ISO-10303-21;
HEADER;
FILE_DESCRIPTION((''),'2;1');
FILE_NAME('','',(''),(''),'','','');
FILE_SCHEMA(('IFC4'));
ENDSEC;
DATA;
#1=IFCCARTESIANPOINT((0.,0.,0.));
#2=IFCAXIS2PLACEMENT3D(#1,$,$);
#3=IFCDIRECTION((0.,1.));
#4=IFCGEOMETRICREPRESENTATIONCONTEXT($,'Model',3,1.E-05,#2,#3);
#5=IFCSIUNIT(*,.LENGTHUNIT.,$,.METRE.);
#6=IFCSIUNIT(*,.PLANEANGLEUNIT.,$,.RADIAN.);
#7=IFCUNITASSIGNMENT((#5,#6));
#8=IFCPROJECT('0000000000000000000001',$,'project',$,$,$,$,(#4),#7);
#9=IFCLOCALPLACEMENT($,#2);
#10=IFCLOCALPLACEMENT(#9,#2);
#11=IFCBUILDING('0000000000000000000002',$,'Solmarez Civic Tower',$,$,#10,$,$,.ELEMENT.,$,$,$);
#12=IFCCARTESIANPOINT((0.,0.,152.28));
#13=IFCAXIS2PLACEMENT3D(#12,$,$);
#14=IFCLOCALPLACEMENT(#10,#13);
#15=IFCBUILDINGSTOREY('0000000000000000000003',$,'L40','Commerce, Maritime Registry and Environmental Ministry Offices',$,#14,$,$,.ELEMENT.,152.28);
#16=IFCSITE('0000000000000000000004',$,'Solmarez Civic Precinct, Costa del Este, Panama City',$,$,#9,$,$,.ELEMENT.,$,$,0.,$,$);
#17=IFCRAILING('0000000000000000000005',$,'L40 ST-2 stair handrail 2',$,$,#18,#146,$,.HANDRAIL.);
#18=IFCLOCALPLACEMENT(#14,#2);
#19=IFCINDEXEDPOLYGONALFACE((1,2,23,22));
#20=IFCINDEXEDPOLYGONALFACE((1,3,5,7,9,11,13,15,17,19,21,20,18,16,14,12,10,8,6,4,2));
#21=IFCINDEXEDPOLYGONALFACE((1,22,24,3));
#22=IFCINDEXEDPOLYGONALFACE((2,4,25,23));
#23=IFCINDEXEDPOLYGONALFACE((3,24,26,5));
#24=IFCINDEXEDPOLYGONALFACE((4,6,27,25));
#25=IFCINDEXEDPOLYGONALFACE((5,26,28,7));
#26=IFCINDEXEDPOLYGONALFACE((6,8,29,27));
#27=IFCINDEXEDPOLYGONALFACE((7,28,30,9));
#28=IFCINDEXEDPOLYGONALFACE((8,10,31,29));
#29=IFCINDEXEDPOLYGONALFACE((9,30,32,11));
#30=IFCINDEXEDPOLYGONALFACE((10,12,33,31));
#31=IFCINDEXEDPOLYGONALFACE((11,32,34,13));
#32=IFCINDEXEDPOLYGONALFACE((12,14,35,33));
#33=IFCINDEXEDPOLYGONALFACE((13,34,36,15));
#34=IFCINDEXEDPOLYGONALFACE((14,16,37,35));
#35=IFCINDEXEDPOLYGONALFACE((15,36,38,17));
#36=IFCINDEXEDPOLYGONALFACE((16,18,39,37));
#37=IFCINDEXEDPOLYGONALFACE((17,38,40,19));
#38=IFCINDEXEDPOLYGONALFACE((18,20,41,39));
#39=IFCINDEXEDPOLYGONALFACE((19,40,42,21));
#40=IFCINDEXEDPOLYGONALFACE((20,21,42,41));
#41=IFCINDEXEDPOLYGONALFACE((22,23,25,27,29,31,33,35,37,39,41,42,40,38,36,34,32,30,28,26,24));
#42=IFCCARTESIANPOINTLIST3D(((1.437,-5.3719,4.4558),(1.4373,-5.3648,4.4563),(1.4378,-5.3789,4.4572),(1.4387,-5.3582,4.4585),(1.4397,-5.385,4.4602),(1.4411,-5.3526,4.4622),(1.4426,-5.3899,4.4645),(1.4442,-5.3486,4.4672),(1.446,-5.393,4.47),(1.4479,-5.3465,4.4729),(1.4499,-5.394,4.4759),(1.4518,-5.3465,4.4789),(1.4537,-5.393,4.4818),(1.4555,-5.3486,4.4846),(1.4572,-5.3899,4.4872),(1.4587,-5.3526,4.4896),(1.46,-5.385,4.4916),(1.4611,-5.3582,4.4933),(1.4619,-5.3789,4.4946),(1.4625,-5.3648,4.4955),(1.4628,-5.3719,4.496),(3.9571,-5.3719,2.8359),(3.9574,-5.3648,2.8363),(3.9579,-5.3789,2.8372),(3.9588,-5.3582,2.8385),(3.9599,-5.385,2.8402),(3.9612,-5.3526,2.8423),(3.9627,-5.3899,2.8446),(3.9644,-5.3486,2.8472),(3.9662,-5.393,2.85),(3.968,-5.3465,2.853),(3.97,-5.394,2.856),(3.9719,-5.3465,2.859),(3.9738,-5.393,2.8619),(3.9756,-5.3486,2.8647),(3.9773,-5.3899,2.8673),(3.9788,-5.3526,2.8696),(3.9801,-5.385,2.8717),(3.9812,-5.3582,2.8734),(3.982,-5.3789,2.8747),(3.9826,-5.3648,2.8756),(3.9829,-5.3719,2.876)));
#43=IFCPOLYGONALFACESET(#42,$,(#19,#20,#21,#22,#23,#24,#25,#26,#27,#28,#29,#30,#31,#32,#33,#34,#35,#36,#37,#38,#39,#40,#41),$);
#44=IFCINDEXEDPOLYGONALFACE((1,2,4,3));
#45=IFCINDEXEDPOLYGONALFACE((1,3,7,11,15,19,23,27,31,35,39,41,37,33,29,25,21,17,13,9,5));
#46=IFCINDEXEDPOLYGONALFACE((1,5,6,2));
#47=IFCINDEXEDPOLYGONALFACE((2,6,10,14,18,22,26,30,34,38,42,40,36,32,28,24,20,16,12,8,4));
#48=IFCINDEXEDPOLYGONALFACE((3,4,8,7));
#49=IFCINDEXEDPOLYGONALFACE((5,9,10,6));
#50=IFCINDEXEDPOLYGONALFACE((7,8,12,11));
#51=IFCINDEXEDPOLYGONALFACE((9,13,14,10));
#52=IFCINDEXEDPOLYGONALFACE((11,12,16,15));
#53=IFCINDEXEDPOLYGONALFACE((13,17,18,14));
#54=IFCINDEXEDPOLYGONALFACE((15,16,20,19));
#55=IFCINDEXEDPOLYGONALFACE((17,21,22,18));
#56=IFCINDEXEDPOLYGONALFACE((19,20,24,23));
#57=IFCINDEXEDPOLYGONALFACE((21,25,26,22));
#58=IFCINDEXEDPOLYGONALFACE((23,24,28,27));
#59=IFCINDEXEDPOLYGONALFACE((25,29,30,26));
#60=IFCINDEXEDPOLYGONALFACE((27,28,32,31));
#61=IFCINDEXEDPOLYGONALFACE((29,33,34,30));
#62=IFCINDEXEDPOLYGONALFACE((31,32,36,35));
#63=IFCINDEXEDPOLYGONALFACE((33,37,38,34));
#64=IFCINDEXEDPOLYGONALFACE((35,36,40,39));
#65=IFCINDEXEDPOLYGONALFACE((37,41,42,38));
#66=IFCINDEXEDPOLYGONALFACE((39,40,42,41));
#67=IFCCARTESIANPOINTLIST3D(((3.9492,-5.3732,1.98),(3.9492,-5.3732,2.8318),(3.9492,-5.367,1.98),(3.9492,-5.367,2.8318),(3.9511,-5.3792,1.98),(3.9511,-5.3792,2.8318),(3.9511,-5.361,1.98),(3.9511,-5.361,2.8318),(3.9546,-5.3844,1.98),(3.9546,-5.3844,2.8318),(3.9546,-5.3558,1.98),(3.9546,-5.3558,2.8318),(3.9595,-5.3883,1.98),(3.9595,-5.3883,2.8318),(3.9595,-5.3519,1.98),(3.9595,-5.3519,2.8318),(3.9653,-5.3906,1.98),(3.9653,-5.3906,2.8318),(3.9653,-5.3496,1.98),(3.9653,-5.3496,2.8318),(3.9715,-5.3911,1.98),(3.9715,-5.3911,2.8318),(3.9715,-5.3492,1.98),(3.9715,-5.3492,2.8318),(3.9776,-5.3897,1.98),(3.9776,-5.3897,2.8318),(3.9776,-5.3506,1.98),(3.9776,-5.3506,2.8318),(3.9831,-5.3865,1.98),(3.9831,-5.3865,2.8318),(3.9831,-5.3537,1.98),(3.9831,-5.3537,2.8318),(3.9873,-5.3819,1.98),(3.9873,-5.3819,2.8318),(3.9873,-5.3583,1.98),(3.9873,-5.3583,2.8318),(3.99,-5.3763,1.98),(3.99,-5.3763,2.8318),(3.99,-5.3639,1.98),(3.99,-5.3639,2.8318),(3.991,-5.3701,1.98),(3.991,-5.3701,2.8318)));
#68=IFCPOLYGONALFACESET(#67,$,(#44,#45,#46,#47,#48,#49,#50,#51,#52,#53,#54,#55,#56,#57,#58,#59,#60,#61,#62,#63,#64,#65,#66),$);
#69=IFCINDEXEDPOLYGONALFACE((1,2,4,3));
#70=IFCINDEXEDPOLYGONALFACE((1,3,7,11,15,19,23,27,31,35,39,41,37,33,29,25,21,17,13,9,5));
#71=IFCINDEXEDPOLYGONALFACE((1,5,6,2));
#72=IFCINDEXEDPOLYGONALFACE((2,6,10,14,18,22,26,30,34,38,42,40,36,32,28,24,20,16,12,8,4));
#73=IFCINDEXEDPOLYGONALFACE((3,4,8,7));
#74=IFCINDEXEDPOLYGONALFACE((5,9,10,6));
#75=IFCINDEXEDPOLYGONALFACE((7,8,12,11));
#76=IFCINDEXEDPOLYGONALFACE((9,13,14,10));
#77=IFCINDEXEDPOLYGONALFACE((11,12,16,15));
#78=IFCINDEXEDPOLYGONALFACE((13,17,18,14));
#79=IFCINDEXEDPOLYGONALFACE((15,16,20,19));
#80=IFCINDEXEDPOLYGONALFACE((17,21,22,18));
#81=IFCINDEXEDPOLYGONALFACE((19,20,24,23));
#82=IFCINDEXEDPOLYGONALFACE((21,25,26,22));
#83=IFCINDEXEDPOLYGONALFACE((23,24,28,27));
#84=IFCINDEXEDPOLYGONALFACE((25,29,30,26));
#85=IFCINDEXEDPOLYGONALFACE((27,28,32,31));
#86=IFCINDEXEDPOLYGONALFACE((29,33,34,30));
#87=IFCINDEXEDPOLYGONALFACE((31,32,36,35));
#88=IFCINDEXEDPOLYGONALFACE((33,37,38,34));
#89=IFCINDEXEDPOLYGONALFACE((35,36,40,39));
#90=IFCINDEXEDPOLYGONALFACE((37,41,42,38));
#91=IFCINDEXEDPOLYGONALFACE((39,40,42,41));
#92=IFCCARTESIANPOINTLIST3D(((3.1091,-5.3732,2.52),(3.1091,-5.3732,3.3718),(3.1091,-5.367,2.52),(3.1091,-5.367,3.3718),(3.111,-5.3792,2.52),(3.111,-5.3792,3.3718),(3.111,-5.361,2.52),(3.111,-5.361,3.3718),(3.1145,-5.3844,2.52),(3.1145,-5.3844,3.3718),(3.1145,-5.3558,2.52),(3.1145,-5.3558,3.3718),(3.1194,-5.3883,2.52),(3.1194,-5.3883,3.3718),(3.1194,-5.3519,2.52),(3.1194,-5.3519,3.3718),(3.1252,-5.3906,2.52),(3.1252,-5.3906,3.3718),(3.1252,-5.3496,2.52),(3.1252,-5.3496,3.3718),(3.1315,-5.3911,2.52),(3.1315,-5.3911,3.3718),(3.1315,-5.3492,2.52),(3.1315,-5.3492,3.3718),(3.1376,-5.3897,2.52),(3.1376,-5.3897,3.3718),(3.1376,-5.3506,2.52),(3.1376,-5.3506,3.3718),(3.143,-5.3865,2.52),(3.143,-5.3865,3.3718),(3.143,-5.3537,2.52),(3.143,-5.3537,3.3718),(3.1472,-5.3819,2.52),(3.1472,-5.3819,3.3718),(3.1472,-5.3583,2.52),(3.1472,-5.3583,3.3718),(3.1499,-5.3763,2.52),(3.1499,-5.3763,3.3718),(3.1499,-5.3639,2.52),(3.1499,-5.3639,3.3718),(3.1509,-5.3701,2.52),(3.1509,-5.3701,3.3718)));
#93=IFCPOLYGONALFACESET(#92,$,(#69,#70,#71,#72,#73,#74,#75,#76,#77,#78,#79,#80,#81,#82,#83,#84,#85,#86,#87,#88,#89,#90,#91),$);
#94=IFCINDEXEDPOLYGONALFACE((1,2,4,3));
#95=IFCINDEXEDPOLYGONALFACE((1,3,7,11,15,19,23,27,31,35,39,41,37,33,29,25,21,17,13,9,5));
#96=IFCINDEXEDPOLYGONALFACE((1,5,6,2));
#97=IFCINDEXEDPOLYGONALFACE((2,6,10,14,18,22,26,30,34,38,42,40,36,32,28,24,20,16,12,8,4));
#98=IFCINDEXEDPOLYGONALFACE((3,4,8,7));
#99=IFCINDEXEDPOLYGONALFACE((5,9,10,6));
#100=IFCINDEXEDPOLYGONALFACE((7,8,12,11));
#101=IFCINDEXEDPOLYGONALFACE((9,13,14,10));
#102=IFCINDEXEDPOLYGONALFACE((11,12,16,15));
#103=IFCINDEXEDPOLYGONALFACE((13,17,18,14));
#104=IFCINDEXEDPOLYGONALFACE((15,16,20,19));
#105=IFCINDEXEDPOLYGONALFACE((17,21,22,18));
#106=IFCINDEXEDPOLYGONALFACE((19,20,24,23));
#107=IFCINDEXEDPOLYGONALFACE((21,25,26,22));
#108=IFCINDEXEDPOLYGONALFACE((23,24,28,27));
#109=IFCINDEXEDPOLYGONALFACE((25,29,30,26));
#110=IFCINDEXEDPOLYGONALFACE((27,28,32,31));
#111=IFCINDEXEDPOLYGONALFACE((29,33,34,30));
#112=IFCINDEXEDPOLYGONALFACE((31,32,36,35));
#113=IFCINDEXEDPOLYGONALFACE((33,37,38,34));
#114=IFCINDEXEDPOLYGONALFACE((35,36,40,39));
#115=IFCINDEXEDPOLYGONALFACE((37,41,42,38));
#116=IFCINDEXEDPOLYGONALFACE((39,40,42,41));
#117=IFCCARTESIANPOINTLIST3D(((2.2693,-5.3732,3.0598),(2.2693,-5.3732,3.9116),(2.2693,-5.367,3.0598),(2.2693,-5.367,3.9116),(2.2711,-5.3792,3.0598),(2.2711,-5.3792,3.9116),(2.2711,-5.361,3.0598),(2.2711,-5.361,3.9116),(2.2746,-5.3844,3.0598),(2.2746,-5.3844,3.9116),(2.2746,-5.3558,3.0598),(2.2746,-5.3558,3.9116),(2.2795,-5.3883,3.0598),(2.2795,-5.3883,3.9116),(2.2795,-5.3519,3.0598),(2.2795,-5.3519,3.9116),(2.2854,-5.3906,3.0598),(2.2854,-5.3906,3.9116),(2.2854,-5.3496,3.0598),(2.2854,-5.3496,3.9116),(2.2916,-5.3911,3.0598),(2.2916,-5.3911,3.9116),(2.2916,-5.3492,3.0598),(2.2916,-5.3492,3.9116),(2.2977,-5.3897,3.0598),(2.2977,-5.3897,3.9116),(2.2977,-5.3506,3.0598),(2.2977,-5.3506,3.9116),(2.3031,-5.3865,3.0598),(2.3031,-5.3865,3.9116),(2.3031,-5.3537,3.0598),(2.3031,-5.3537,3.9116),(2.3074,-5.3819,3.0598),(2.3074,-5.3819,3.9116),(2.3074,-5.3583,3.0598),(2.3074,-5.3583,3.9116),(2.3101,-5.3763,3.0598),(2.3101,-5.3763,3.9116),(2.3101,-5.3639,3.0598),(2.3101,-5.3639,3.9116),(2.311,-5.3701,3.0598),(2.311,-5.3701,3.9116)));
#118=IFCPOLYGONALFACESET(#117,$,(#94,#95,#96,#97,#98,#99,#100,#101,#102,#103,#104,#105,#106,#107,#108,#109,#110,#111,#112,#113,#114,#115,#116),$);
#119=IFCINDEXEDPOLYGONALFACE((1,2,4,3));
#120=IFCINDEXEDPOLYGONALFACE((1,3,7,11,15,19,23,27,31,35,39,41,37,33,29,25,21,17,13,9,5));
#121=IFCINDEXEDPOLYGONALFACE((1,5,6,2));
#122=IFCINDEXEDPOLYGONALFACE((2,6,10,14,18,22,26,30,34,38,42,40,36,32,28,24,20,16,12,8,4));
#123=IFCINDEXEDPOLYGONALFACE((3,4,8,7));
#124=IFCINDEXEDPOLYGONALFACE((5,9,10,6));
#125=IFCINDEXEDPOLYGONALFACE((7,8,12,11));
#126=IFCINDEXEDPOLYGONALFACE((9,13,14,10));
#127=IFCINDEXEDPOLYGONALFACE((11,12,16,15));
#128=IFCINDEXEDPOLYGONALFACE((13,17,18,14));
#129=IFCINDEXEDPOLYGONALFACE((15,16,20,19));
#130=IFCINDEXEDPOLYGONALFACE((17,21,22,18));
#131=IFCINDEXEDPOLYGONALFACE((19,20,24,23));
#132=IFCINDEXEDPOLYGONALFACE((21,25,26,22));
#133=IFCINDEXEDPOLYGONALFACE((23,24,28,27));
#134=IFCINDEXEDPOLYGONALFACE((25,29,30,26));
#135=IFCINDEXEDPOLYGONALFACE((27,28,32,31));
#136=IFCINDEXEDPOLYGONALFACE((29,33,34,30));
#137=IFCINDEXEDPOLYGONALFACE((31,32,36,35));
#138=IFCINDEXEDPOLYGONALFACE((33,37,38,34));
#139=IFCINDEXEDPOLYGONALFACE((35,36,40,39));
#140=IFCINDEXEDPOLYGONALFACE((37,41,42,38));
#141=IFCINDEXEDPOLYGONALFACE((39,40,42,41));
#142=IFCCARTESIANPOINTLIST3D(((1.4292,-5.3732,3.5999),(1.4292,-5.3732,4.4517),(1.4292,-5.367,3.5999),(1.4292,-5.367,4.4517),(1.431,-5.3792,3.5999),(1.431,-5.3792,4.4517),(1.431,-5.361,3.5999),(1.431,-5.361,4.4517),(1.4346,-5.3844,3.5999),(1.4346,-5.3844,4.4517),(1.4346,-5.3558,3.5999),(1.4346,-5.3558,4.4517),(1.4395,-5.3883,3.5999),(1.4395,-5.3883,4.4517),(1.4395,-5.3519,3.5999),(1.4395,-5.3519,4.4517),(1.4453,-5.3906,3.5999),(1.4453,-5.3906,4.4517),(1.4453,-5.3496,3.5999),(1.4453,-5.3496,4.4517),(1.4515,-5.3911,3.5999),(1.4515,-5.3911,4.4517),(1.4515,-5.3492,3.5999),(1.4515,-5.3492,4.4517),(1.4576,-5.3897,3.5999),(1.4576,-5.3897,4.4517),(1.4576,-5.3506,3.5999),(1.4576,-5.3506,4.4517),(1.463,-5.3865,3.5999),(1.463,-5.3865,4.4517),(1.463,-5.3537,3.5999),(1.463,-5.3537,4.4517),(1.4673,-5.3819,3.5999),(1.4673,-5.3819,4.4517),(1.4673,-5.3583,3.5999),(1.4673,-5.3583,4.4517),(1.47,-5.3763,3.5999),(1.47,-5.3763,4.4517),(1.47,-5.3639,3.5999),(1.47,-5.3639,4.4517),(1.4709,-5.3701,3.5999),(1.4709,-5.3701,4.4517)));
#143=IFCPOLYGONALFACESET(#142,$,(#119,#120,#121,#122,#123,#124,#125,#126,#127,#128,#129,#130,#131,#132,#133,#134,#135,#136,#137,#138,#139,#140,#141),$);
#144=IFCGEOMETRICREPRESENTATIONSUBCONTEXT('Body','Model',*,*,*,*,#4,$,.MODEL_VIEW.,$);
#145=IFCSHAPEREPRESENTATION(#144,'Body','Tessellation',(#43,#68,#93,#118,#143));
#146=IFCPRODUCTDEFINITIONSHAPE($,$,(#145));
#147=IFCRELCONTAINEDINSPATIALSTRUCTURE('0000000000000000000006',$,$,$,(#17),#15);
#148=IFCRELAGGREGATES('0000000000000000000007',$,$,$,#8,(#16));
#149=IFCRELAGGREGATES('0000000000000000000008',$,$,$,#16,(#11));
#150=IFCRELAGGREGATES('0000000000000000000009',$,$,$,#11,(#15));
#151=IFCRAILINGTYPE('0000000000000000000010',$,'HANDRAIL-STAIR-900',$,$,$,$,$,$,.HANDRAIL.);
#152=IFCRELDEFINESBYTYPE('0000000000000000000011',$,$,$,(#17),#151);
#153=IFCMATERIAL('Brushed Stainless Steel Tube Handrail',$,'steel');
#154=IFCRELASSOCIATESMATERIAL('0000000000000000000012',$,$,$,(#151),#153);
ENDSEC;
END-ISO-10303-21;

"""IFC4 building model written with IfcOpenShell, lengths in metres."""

from ifc_helpers import new_model, si_unit, direction, frame, origin, origin_2d, place, context, subcontext, project, spatial, circle, extrude, material, type_object, element, save


model = new_model("IFC4")

# Units and contexts
model_context = context("Model", 3, precision=1e-05, world=origin(), true_north=direction((0.0, 1.0)))
body_context = subcontext(model_context, "Body", "Model", "MODEL_VIEW")
ifc_project = project(units=[si_unit("LENGTHUNIT", "METRE"), si_unit("PLANEANGLEUNIT", "RADIAN")], contexts=[model_context])

# Site, building, storey
site_placement = place(None, origin())
site = spatial("IfcSite", under=ifc_project, at=site_placement, Name="Solmarez Civic Precinct, Costa del Este, Panama City", CompositionType="ELEMENT", RefElevation=0.0)
building_placement = place(site_placement, origin())
building = spatial("IfcBuilding", under=site, at=building_placement, Name="Solmarez Civic Tower", CompositionType="ELEMENT")
storey_placement = place(building_placement, frame((0.0, 0.0, 152.28)))
storey = spatial("IfcBuildingStorey", under=building, at=storey_placement, Name="L40", Description="Commerce, Maritime Registry and Environmental Ministry Offices", CompositionType="ELEMENT", Elevation=152.28)

# Railing
ifc_material_1 = material(Name="Brushed Stainless Steel Tube Handrail", Category="steel")
railing_type_1 = type_object("IfcRailingType", Name="HANDRAIL-STAIR-900", PredefinedType="HANDRAIL", material=ifc_material_1)
railing_1_placement = place(storey_placement, frame((3.97, -5.3701, 1.98)))
element("IfcRailing", 1, at=railing_1_placement, inside=storey, type_object=railing_type_1, Name="L40 ST-2 stair handrail 2", PredefinedType="HANDRAIL", context=body_context, shape_type="SweptSolid", body=[
    extrude(circle(Radius=0.0239, at=origin_2d()), frame((0.0, 0.0, 0.876), z_axis=(-0.8412, 0.0, 0.540725), x_axis=(0.0, -1.0, 0.0)), (0.0, 0.0, 1.0), 2.9958),
    extrude(circle(Radius=0.021, at=origin_2d()), origin(), (0.0, 0.0, 1.0), 0.8518),
    extrude(circle(Radius=0.021, at=origin_2d()), frame((-0.8401, 0.0, 0.54)), (0.0, 0.0, 1.0), 0.8518),
    extrude(circle(Radius=0.021, at=origin_2d()), frame((-1.6799, 0.0, 1.0798)), (0.0, 0.0, 1.0), 0.8518),
    extrude(circle(Radius=0.021, at=origin_2d()), frame((-2.52, 0.0, 1.6199)), (0.0, 0.0, 1.0), 0.8518),
])

save(model, "model.ifc")
